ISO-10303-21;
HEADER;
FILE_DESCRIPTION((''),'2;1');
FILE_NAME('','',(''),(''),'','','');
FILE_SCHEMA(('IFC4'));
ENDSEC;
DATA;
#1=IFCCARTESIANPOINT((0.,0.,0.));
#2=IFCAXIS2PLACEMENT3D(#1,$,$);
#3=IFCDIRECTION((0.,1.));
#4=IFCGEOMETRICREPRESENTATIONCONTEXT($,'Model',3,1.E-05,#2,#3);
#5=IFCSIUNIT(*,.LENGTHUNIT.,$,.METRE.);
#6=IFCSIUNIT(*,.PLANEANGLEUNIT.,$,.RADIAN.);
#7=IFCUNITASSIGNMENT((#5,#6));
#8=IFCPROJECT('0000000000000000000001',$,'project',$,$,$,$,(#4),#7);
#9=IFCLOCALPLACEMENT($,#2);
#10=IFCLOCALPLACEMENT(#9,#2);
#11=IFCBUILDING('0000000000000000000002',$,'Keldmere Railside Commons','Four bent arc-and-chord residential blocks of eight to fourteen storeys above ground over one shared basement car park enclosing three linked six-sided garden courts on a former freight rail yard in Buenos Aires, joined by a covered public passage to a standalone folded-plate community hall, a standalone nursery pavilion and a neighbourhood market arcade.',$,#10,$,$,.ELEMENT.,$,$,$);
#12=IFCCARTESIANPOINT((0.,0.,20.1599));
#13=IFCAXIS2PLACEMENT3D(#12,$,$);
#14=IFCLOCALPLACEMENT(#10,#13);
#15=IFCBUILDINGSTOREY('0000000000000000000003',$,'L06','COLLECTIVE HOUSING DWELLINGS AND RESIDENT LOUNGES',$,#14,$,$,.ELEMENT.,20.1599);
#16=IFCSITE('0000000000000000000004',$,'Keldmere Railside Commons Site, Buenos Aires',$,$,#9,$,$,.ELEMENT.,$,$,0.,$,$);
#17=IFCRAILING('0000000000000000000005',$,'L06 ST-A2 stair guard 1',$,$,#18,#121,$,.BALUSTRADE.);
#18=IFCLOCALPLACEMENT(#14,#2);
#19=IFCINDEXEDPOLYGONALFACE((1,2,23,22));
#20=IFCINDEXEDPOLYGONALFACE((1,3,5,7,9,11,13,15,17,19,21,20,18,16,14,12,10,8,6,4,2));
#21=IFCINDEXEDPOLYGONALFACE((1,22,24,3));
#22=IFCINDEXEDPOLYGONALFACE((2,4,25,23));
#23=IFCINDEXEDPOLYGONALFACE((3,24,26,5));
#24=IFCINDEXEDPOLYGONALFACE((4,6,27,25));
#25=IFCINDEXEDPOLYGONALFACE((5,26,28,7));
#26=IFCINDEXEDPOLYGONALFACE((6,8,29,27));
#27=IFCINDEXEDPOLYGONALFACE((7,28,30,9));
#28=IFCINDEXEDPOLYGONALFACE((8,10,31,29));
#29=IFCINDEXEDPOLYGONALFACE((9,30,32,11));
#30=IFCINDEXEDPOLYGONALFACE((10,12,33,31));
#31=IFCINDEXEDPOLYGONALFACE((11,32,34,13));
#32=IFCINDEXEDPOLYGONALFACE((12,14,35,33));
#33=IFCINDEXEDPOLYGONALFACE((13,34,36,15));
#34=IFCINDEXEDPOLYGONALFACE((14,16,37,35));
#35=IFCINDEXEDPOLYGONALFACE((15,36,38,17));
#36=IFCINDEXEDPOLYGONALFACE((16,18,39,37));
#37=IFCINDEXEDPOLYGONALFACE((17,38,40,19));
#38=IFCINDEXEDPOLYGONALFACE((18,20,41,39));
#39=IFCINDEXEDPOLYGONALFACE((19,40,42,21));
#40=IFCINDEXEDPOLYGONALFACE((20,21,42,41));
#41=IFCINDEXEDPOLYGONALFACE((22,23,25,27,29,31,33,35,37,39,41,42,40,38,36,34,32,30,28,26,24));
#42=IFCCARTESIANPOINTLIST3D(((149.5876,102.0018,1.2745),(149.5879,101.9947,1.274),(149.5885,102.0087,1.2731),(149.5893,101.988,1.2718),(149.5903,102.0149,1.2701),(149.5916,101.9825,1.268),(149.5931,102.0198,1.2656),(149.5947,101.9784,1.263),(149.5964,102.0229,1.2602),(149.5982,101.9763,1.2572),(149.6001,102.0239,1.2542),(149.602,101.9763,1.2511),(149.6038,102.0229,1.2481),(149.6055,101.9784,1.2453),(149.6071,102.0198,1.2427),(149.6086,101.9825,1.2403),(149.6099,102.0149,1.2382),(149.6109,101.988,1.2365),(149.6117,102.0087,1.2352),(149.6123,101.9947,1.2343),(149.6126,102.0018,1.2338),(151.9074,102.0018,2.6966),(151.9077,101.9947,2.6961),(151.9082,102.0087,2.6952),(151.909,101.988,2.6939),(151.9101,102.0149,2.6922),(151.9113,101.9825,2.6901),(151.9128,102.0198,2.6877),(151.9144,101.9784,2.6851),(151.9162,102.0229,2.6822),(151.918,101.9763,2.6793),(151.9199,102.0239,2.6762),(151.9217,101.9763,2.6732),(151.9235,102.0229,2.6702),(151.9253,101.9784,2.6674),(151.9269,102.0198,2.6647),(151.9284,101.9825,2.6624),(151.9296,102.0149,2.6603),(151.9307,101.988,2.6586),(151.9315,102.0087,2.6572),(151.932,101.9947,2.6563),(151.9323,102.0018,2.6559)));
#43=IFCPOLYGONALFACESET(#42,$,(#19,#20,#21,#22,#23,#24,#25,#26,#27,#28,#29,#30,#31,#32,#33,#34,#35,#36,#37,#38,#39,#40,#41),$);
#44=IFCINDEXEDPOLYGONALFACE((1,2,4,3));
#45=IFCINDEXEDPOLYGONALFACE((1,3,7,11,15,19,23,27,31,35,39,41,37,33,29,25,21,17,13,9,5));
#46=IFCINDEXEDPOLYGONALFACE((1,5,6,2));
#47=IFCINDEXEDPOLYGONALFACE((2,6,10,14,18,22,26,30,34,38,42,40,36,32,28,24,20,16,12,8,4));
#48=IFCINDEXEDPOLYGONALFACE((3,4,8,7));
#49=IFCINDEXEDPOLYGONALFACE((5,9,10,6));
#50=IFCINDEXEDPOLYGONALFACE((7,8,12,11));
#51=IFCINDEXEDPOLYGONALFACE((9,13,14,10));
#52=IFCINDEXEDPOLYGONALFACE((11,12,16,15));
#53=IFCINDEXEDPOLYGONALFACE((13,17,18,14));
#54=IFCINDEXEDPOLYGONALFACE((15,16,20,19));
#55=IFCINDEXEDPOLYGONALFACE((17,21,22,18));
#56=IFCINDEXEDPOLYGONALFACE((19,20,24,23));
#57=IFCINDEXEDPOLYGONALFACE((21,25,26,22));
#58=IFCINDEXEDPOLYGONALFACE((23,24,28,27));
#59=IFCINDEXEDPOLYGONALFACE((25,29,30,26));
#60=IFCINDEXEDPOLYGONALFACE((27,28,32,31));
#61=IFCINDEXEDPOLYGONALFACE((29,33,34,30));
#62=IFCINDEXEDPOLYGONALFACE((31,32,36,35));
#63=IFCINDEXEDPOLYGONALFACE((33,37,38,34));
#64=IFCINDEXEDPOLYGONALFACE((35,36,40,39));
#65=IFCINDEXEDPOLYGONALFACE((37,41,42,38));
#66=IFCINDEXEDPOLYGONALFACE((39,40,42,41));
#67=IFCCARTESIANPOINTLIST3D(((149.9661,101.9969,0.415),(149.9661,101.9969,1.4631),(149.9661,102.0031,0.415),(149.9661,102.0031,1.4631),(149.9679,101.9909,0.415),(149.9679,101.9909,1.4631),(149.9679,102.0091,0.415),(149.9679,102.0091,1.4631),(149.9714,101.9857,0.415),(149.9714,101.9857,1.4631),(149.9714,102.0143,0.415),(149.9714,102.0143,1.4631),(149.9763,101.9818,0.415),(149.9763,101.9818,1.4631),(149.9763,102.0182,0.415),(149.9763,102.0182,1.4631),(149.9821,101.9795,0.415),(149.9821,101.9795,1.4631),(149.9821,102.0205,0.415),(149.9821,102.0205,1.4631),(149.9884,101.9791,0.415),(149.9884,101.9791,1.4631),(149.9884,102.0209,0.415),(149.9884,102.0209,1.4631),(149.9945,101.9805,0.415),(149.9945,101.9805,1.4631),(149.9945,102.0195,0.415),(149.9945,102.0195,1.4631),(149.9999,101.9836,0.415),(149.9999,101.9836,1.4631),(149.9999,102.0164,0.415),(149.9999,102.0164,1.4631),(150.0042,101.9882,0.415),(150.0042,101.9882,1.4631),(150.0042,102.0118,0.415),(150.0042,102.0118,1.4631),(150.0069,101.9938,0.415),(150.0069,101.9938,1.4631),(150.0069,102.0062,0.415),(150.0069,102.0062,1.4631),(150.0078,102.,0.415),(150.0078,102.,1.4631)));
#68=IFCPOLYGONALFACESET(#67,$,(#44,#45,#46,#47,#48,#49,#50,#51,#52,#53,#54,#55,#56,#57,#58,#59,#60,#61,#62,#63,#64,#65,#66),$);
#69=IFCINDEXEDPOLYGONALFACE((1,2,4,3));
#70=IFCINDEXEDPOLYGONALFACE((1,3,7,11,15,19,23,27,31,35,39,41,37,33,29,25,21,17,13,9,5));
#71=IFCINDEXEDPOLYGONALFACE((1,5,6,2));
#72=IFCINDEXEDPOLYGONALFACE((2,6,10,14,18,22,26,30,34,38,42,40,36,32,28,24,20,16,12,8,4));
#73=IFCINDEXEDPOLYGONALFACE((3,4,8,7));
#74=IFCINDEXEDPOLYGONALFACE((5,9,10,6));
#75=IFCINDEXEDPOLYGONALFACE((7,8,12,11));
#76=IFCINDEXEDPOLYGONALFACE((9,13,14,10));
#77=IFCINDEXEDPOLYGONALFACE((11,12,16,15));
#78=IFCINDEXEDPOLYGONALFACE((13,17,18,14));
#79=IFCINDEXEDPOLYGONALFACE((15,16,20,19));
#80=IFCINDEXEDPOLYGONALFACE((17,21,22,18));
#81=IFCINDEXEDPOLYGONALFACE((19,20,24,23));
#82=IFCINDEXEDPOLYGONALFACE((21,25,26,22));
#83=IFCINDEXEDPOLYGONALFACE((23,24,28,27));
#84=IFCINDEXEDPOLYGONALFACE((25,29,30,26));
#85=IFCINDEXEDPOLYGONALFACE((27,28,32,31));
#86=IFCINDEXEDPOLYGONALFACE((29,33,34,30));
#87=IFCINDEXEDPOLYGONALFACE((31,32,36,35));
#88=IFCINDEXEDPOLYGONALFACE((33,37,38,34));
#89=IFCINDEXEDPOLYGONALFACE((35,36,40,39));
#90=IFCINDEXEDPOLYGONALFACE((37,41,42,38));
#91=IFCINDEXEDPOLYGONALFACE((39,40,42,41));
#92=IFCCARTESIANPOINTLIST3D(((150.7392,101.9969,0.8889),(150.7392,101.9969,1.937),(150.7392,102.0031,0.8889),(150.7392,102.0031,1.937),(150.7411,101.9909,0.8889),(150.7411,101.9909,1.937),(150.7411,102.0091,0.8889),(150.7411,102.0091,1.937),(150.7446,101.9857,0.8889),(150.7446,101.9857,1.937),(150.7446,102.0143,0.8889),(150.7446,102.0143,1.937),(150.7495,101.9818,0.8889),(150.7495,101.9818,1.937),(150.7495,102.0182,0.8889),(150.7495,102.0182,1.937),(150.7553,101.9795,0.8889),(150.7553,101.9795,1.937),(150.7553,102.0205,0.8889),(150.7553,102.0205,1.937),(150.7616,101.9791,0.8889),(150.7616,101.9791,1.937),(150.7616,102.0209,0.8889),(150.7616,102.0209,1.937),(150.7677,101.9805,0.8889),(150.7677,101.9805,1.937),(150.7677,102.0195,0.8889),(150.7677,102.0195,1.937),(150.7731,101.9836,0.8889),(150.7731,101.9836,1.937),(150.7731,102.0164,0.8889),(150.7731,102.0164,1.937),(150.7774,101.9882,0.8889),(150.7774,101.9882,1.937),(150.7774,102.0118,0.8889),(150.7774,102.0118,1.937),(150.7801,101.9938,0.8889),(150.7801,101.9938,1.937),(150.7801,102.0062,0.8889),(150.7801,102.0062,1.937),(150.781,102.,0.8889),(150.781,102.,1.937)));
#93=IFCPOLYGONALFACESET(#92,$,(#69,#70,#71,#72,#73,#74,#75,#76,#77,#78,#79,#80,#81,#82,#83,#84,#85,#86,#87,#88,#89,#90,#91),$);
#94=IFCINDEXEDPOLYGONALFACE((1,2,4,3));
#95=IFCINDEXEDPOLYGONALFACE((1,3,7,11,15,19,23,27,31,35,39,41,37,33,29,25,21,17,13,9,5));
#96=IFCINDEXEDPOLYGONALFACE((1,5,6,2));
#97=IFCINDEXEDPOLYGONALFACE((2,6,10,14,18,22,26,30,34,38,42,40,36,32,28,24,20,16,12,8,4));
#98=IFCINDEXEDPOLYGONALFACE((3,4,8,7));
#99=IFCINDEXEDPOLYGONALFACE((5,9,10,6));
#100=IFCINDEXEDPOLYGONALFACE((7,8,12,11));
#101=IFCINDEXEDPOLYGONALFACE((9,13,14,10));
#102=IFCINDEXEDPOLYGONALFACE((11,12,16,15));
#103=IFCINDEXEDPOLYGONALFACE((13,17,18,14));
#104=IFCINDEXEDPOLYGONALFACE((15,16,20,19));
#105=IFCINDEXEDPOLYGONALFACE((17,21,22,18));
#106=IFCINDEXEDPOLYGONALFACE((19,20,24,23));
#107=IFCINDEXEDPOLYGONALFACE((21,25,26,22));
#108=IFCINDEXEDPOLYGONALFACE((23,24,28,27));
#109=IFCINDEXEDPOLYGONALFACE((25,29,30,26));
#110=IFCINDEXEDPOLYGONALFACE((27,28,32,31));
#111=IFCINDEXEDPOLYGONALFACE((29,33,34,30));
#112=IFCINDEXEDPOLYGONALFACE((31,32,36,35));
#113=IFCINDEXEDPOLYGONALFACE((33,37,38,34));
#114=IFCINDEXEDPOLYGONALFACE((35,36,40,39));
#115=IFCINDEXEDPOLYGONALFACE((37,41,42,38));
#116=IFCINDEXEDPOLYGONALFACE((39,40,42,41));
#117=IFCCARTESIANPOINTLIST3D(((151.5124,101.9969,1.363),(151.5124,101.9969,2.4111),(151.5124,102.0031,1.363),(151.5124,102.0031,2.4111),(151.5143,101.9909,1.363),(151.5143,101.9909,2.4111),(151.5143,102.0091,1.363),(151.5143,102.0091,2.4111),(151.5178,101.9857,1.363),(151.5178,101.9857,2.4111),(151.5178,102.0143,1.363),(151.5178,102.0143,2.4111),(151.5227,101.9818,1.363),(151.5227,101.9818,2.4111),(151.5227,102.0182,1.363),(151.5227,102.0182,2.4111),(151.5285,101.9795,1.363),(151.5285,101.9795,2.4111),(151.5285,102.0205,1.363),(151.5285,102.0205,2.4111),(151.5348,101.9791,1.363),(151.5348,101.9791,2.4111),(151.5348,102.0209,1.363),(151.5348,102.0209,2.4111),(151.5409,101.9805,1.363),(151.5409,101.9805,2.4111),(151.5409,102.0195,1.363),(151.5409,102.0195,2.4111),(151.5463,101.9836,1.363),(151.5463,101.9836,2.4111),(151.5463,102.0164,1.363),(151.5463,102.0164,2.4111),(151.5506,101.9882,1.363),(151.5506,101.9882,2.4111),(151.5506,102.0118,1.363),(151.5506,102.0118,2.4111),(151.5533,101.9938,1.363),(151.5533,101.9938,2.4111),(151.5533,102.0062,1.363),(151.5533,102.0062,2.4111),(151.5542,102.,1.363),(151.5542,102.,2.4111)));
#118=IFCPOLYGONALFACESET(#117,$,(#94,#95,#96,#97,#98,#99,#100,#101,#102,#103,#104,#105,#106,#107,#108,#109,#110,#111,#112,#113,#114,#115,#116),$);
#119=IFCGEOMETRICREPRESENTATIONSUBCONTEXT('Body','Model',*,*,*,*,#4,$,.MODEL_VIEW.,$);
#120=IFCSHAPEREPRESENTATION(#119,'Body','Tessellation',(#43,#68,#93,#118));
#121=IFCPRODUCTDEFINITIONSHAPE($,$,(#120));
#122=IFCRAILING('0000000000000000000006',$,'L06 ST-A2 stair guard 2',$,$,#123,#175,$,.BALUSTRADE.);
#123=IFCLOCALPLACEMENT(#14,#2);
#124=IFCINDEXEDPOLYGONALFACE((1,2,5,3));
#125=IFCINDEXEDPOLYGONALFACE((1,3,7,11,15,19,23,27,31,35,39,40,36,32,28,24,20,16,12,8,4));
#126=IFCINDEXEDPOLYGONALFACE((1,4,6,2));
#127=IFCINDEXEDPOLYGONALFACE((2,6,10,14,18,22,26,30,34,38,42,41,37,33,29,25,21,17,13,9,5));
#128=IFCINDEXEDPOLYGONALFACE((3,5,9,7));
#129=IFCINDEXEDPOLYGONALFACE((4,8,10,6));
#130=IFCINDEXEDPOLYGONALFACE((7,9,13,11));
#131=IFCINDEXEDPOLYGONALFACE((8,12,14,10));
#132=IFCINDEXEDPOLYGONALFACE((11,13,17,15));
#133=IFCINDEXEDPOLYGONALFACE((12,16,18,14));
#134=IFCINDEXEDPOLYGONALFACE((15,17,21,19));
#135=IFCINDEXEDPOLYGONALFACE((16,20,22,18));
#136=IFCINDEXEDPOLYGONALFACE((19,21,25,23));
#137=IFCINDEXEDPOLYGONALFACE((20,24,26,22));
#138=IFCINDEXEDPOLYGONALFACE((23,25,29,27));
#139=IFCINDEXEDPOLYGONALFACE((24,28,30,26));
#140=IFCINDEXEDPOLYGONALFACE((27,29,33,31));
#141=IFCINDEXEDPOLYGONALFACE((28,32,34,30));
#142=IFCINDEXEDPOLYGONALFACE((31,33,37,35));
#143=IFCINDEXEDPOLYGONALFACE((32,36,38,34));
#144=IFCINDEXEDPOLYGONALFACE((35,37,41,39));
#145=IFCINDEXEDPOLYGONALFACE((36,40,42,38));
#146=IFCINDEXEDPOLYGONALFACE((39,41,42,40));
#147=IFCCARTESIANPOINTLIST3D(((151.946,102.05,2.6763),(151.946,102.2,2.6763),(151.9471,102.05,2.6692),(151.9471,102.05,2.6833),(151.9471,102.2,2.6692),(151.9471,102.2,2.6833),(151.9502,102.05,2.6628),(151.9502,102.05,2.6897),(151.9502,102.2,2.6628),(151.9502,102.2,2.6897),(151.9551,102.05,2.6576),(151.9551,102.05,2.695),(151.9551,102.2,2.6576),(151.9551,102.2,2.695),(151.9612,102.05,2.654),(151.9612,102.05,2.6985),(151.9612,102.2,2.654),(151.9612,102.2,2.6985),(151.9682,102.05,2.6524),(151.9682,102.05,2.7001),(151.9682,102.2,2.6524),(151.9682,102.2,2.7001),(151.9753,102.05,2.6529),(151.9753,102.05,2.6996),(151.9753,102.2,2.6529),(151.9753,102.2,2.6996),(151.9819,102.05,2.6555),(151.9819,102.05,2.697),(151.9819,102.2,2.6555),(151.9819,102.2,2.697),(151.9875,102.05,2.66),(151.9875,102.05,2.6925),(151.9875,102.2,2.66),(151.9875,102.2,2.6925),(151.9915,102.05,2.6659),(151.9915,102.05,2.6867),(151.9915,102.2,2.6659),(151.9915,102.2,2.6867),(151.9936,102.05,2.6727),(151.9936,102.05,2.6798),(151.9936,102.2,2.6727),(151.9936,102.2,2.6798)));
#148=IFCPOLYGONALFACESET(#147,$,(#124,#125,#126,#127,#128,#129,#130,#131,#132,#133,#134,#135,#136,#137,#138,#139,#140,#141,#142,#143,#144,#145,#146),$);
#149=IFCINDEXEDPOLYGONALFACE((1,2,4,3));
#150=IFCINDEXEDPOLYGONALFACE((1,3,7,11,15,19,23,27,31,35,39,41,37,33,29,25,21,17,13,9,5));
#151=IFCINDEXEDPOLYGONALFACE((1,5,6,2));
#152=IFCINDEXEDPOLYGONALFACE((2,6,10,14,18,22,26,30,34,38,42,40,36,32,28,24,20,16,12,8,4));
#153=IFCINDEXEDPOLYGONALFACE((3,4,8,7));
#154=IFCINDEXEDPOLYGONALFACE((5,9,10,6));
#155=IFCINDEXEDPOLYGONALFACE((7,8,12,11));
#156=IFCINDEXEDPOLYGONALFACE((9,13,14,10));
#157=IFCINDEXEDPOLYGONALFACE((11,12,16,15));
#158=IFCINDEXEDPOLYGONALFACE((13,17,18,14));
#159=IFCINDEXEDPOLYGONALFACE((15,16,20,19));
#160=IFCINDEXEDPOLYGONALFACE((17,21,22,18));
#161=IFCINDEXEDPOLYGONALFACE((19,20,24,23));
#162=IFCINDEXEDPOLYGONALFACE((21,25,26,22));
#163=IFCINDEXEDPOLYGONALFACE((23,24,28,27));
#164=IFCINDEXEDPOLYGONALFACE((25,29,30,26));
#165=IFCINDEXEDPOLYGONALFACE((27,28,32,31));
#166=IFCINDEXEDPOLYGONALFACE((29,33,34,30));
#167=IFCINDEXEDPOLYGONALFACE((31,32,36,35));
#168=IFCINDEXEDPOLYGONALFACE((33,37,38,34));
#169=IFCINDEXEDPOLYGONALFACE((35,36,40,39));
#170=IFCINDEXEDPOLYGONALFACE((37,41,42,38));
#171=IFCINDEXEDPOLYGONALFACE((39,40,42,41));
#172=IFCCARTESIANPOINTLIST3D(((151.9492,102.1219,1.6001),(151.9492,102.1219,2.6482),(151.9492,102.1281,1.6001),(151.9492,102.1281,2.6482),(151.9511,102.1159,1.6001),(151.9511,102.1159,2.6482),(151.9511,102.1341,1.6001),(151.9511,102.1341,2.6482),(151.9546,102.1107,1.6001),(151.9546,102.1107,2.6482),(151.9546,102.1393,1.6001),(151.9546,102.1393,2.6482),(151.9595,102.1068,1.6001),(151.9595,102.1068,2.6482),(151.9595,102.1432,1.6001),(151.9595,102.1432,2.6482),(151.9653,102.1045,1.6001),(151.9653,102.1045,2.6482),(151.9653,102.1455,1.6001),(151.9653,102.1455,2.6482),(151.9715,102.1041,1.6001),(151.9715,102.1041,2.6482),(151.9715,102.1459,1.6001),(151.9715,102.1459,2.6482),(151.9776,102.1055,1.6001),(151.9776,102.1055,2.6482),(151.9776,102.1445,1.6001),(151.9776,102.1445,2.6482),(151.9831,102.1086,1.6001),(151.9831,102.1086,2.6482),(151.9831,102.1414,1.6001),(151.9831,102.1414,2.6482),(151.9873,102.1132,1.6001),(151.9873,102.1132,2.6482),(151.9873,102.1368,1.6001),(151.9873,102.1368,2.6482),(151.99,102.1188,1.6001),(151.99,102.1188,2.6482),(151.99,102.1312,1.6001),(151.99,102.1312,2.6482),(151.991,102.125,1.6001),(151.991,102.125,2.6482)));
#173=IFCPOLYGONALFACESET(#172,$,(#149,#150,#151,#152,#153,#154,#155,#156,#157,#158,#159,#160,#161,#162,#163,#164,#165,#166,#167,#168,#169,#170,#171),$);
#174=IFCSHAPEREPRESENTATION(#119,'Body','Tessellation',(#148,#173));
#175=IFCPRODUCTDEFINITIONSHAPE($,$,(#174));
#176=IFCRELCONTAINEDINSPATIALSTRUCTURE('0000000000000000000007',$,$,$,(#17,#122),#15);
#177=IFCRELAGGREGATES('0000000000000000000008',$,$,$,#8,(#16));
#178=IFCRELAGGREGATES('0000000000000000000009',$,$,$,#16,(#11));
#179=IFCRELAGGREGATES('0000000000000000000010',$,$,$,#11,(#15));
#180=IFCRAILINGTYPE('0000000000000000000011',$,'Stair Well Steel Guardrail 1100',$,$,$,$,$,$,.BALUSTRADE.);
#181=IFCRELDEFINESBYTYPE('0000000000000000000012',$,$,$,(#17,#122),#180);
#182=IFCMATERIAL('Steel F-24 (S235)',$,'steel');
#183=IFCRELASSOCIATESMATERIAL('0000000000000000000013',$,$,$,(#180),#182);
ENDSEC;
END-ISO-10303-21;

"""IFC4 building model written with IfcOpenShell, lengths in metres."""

from ifc_helpers import new_model, si_unit, direction, frame, origin, origin_2d, place, context, subcontext, project, spatial, circle, extrude, material, type_object, element, save


model = new_model("IFC4")

# Units and contexts
model_context = context("Model", 3, precision=1e-05, world=origin(), true_north=direction((0.0, 1.0)))
body_context = subcontext(model_context, "Body", "Model", "MODEL_VIEW")
ifc_project = project(units=[si_unit("LENGTHUNIT", "METRE"), si_unit("PLANEANGLEUNIT", "RADIAN")], contexts=[model_context])

# Site, building, storey
site_placement = place(None, origin())
site = spatial("IfcSite", under=ifc_project, at=site_placement, Name="Keldmere Railside Commons Site, Buenos Aires", CompositionType="ELEMENT", RefElevation=0.0)
building_placement = place(site_placement, origin())
building = spatial("IfcBuilding", under=site, at=building_placement, Name="Keldmere Railside Commons", Description="Four bent arc-and-chord residential blocks of eight to fourteen storeys above ground over one shared basement car park enclosing three linked six-sided garden courts on a former freight rail yard in Buenos Aires, joined by a covered public passage to a standalone folded-plate community hall, a standalone nursery pavilion and a neighbourhood market arcade.", CompositionType="ELEMENT")
storey_placement = place(building_placement, frame((0.0, 0.0, 20.1599)))
storey = spatial("IfcBuildingStorey", under=building, at=storey_placement, Name="L06", Description="COLLECTIVE HOUSING DWELLINGS AND RESIDENT LOUNGES", CompositionType="ELEMENT", Elevation=20.1599)

# Railings
ifc_material_1 = material(Name="Steel F-24 (S235)", Category="steel")
railing_type_1 = type_object("IfcRailingType", Name="Stair Well Steel Guardrail 1100", PredefinedType="BALUSTRADE", material=ifc_material_1)
railing_1_placement = place(storey_placement, frame((149.6001, 102.0, 0.178)))
element("IfcRailing", 1, at=railing_1_placement, inside=storey, type_object=railing_type_1, Name="L06 ST-A2 stair guard 1", PredefinedType="BALUSTRADE", context=body_context, shape_type="SweptSolid", body=[
    extrude(circle(Radius=0.0239, at=origin_2d()), frame((0.0, 0.0, 1.0762), z_axis=(0.852554, 0.0, 0.52264), x_axis=(0.0, 1.0, 0.0)), (0.0, 0.0, 1.0), 2.7209),
    extrude(circle(Radius=0.021, at=origin_2d()), frame((0.3867, 0.0, 0.2371)), (0.0, 0.0, 1.0), 1.0481),
    extrude(circle(Radius=0.021, at=origin_2d()), frame((1.1599, 0.0, 0.7109)), (0.0, 0.0, 1.0), 1.0481),
    extrude(circle(Radius=0.021, at=origin_2d()), frame((1.9331, 0.0, 1.1851)), (0.0, 0.0, 1.0), 1.0481),
])
railing_2_placement = place(storey_placement, frame((151.97, 102.05, 1.6001)))
element("IfcRailing", 2, at=railing_2_placement, inside=storey, type_object=railing_type_1, Name="L06 ST-A2 stair guard 2", PredefinedType="BALUSTRADE", context=body_context, shape_type="SweptSolid", body=[
    extrude(circle(Radius=0.0239, at=origin_2d()), frame((0.0, 0.0, 1.0762), z_axis=(0.0, 1.0, 0.0), x_axis=(-1.0, 0.0, 0.0)), (0.0, 0.0, 1.0), 0.1499),
    extrude(circle(Radius=0.021, at=origin_2d()), frame((0.0, 0.075, 0.0)), (0.0, 0.0, 1.0), 1.0481),
])

save(model, "model.ifc")
